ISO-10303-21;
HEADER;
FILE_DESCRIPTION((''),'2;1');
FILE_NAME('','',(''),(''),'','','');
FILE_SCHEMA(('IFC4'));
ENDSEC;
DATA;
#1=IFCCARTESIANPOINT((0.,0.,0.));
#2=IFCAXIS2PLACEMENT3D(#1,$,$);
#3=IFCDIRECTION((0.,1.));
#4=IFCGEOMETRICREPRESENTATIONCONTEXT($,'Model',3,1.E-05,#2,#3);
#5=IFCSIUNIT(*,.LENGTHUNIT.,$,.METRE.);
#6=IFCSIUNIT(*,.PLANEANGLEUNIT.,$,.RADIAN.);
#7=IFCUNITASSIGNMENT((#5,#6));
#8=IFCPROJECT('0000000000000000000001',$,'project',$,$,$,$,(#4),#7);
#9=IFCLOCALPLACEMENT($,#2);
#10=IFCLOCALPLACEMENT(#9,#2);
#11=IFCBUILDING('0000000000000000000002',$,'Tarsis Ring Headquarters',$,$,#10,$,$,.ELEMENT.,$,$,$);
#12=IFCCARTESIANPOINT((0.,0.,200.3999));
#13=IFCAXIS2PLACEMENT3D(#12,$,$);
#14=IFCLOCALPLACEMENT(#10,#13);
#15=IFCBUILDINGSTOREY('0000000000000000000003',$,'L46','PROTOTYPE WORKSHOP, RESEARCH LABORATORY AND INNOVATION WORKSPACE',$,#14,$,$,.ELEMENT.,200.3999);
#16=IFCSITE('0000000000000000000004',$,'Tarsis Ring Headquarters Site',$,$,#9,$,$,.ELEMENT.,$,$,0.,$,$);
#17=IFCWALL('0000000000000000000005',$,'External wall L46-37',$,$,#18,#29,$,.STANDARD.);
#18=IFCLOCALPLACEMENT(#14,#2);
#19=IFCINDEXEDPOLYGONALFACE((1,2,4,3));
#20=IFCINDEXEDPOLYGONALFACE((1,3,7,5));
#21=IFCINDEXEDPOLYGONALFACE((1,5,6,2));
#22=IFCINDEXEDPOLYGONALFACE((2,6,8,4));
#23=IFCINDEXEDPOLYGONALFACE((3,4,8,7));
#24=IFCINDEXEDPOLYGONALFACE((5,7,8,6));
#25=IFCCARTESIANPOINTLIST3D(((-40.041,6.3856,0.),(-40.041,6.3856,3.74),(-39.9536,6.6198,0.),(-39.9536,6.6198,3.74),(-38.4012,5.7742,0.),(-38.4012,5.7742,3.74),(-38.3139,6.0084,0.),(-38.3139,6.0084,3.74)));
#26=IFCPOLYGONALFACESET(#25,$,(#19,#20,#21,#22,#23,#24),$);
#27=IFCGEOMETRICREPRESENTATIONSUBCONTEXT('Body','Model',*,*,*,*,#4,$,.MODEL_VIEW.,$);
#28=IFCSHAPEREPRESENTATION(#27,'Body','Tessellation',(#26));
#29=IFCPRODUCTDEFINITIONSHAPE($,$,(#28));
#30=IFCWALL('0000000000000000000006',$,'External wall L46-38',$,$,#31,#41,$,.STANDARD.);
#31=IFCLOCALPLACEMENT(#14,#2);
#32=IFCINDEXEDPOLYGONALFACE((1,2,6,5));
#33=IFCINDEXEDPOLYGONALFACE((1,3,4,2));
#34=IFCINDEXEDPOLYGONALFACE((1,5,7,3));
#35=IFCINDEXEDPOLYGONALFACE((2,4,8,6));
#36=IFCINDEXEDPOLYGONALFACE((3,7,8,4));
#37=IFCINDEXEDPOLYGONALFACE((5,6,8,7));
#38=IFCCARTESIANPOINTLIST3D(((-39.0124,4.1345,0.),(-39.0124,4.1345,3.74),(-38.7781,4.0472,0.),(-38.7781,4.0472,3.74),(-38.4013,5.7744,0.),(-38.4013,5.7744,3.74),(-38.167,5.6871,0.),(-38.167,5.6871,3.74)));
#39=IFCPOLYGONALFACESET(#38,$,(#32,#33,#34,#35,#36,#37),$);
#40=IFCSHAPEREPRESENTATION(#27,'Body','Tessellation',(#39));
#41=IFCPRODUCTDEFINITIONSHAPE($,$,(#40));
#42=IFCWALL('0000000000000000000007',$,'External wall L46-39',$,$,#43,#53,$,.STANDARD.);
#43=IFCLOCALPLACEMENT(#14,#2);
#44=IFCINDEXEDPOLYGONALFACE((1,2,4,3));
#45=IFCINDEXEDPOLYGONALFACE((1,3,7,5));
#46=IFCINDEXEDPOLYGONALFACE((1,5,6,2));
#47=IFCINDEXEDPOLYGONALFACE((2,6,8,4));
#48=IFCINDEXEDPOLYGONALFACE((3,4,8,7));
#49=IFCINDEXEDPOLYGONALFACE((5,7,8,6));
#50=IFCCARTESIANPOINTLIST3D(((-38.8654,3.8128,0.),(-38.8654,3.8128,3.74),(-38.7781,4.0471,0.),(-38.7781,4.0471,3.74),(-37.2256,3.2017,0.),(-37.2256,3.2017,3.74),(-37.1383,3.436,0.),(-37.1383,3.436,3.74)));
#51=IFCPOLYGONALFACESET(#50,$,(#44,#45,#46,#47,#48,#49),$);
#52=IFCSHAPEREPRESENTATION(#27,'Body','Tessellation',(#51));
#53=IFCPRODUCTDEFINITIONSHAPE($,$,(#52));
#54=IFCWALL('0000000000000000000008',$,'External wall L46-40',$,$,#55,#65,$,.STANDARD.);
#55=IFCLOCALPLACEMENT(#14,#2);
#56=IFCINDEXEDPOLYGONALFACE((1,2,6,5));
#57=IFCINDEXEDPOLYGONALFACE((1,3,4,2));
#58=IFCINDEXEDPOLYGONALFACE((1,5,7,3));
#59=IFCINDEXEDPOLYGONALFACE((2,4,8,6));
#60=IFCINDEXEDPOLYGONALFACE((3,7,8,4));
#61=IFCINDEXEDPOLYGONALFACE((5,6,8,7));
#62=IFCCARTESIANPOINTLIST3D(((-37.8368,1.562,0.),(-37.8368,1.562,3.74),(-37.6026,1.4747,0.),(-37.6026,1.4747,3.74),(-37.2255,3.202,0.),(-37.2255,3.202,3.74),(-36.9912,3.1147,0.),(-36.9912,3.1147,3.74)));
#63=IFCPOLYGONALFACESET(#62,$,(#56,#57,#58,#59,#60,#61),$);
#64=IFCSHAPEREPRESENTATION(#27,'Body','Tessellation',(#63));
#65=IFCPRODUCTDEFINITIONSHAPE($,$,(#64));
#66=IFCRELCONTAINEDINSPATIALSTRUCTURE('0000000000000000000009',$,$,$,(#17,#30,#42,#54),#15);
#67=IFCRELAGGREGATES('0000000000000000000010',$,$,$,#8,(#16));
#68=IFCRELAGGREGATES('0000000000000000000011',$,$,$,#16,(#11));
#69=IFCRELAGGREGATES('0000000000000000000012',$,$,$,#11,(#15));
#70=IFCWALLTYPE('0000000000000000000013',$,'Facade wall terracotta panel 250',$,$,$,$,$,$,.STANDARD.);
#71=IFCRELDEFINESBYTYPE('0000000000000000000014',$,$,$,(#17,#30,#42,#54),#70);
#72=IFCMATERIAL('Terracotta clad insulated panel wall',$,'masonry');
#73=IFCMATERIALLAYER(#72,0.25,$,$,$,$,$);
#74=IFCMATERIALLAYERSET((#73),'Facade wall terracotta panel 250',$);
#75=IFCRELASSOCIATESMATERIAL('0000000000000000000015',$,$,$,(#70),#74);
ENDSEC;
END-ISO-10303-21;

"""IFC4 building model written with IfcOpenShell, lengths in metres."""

from ifc_helpers import new_model, si_unit, direction, frame, frame_2d, origin, place, context, subcontext, project, spatial, rectangle, extrude, material, layer, layer_set, type_object, element, save


model = new_model("IFC4")

# Units and contexts
model_context = context("Model", 3, precision=1e-05, world=origin(), true_north=direction((0.0, 1.0)))
body_context = subcontext(model_context, "Body", "Model", "MODEL_VIEW")
ifc_project = project(units=[si_unit("LENGTHUNIT", "METRE"), si_unit("PLANEANGLEUNIT", "RADIAN")], contexts=[model_context])

# Site, building, storey
site_placement = place(None, origin())
site = spatial("IfcSite", under=ifc_project, at=site_placement, Name="Tarsis Ring Headquarters Site", CompositionType="ELEMENT", RefElevation=0.0)
building_placement = place(site_placement, origin())
building = spatial("IfcBuilding", under=site, at=building_placement, Name="Tarsis Ring Headquarters", CompositionType="ELEMENT")
storey_placement = place(building_placement, frame((0.0, 0.0, 200.3999)))
storey = spatial("IfcBuildingStorey", under=building, at=storey_placement, Name="L46", Description="PROTOTYPE WORKSHOP, RESEARCH LABORATORY AND INNOVATION WORKSPACE", CompositionType="ELEMENT", Elevation=200.3999)

# Shared definitions
ifc_material_1 = material(Name="Terracotta clad insulated panel wall", Category="masonry")
ifc_layer_1 = layer(ifc_material_1, 0.25)
ifc_layer_set_1 = layer_set([ifc_layer_1], Name="Facade wall terracotta panel 250")
wall_type_1 = type_object("IfcWallType", Name="Facade wall terracotta panel 250", PredefinedType="STANDARD", material=ifc_layer_set_1)

# Walls
for number, where, z_axis, x_axis, name in (
    (1, (-39.9973, 6.5027, 0.0), (0.0, 0.0, 1.0), (0.936993, -0.349349, 0.0), "External wall L46-37"),
    (2, (-38.2842, 5.7307, 0.0), (0.0, 0.0, 1.0), (-0.349181, -0.937055, 0.0), "External wall L46-38"),
    (3, (-38.8218, 3.9299, 0.0), (0.0, 0.0, 1.0), (0.937055, -0.349181, 0.0), "External wall L46-39"),
):
    element("IfcWall", number, at=place(storey_placement, frame(where, z_axis=z_axis, x_axis=x_axis)), inside=storey, type_object=wall_type_1, Name=name, PredefinedType="STANDARD", context=body_context, shape_type="SweptSolid", body=[
        extrude(rectangle(XDim=1.75, YDim=0.25, at=frame_2d((0.875, 0.0))), origin(), (0.0, 0.0, 1.0), 3.74),
    ])
wall_1_placement = place(storey_placement, frame((-37.1084, 3.1582, 0.0), z_axis=(0.0, 0.0, 1.0), x_axis=(-0.349304, -0.93701, 0.0)))
element("IfcWall", 4, at=wall_1_placement, inside=storey, type_object=wall_type_1, Name="External wall L46-40", PredefinedType="STANDARD", context=body_context, shape_type="SweptSolid", body=[
    extrude(rectangle(XDim=1.7502, YDim=0.25, at=frame_2d((0.875, 0.0))), origin(), (0.0, 0.0, 1.0), 3.74),
])

save(model, "model.ifc")
